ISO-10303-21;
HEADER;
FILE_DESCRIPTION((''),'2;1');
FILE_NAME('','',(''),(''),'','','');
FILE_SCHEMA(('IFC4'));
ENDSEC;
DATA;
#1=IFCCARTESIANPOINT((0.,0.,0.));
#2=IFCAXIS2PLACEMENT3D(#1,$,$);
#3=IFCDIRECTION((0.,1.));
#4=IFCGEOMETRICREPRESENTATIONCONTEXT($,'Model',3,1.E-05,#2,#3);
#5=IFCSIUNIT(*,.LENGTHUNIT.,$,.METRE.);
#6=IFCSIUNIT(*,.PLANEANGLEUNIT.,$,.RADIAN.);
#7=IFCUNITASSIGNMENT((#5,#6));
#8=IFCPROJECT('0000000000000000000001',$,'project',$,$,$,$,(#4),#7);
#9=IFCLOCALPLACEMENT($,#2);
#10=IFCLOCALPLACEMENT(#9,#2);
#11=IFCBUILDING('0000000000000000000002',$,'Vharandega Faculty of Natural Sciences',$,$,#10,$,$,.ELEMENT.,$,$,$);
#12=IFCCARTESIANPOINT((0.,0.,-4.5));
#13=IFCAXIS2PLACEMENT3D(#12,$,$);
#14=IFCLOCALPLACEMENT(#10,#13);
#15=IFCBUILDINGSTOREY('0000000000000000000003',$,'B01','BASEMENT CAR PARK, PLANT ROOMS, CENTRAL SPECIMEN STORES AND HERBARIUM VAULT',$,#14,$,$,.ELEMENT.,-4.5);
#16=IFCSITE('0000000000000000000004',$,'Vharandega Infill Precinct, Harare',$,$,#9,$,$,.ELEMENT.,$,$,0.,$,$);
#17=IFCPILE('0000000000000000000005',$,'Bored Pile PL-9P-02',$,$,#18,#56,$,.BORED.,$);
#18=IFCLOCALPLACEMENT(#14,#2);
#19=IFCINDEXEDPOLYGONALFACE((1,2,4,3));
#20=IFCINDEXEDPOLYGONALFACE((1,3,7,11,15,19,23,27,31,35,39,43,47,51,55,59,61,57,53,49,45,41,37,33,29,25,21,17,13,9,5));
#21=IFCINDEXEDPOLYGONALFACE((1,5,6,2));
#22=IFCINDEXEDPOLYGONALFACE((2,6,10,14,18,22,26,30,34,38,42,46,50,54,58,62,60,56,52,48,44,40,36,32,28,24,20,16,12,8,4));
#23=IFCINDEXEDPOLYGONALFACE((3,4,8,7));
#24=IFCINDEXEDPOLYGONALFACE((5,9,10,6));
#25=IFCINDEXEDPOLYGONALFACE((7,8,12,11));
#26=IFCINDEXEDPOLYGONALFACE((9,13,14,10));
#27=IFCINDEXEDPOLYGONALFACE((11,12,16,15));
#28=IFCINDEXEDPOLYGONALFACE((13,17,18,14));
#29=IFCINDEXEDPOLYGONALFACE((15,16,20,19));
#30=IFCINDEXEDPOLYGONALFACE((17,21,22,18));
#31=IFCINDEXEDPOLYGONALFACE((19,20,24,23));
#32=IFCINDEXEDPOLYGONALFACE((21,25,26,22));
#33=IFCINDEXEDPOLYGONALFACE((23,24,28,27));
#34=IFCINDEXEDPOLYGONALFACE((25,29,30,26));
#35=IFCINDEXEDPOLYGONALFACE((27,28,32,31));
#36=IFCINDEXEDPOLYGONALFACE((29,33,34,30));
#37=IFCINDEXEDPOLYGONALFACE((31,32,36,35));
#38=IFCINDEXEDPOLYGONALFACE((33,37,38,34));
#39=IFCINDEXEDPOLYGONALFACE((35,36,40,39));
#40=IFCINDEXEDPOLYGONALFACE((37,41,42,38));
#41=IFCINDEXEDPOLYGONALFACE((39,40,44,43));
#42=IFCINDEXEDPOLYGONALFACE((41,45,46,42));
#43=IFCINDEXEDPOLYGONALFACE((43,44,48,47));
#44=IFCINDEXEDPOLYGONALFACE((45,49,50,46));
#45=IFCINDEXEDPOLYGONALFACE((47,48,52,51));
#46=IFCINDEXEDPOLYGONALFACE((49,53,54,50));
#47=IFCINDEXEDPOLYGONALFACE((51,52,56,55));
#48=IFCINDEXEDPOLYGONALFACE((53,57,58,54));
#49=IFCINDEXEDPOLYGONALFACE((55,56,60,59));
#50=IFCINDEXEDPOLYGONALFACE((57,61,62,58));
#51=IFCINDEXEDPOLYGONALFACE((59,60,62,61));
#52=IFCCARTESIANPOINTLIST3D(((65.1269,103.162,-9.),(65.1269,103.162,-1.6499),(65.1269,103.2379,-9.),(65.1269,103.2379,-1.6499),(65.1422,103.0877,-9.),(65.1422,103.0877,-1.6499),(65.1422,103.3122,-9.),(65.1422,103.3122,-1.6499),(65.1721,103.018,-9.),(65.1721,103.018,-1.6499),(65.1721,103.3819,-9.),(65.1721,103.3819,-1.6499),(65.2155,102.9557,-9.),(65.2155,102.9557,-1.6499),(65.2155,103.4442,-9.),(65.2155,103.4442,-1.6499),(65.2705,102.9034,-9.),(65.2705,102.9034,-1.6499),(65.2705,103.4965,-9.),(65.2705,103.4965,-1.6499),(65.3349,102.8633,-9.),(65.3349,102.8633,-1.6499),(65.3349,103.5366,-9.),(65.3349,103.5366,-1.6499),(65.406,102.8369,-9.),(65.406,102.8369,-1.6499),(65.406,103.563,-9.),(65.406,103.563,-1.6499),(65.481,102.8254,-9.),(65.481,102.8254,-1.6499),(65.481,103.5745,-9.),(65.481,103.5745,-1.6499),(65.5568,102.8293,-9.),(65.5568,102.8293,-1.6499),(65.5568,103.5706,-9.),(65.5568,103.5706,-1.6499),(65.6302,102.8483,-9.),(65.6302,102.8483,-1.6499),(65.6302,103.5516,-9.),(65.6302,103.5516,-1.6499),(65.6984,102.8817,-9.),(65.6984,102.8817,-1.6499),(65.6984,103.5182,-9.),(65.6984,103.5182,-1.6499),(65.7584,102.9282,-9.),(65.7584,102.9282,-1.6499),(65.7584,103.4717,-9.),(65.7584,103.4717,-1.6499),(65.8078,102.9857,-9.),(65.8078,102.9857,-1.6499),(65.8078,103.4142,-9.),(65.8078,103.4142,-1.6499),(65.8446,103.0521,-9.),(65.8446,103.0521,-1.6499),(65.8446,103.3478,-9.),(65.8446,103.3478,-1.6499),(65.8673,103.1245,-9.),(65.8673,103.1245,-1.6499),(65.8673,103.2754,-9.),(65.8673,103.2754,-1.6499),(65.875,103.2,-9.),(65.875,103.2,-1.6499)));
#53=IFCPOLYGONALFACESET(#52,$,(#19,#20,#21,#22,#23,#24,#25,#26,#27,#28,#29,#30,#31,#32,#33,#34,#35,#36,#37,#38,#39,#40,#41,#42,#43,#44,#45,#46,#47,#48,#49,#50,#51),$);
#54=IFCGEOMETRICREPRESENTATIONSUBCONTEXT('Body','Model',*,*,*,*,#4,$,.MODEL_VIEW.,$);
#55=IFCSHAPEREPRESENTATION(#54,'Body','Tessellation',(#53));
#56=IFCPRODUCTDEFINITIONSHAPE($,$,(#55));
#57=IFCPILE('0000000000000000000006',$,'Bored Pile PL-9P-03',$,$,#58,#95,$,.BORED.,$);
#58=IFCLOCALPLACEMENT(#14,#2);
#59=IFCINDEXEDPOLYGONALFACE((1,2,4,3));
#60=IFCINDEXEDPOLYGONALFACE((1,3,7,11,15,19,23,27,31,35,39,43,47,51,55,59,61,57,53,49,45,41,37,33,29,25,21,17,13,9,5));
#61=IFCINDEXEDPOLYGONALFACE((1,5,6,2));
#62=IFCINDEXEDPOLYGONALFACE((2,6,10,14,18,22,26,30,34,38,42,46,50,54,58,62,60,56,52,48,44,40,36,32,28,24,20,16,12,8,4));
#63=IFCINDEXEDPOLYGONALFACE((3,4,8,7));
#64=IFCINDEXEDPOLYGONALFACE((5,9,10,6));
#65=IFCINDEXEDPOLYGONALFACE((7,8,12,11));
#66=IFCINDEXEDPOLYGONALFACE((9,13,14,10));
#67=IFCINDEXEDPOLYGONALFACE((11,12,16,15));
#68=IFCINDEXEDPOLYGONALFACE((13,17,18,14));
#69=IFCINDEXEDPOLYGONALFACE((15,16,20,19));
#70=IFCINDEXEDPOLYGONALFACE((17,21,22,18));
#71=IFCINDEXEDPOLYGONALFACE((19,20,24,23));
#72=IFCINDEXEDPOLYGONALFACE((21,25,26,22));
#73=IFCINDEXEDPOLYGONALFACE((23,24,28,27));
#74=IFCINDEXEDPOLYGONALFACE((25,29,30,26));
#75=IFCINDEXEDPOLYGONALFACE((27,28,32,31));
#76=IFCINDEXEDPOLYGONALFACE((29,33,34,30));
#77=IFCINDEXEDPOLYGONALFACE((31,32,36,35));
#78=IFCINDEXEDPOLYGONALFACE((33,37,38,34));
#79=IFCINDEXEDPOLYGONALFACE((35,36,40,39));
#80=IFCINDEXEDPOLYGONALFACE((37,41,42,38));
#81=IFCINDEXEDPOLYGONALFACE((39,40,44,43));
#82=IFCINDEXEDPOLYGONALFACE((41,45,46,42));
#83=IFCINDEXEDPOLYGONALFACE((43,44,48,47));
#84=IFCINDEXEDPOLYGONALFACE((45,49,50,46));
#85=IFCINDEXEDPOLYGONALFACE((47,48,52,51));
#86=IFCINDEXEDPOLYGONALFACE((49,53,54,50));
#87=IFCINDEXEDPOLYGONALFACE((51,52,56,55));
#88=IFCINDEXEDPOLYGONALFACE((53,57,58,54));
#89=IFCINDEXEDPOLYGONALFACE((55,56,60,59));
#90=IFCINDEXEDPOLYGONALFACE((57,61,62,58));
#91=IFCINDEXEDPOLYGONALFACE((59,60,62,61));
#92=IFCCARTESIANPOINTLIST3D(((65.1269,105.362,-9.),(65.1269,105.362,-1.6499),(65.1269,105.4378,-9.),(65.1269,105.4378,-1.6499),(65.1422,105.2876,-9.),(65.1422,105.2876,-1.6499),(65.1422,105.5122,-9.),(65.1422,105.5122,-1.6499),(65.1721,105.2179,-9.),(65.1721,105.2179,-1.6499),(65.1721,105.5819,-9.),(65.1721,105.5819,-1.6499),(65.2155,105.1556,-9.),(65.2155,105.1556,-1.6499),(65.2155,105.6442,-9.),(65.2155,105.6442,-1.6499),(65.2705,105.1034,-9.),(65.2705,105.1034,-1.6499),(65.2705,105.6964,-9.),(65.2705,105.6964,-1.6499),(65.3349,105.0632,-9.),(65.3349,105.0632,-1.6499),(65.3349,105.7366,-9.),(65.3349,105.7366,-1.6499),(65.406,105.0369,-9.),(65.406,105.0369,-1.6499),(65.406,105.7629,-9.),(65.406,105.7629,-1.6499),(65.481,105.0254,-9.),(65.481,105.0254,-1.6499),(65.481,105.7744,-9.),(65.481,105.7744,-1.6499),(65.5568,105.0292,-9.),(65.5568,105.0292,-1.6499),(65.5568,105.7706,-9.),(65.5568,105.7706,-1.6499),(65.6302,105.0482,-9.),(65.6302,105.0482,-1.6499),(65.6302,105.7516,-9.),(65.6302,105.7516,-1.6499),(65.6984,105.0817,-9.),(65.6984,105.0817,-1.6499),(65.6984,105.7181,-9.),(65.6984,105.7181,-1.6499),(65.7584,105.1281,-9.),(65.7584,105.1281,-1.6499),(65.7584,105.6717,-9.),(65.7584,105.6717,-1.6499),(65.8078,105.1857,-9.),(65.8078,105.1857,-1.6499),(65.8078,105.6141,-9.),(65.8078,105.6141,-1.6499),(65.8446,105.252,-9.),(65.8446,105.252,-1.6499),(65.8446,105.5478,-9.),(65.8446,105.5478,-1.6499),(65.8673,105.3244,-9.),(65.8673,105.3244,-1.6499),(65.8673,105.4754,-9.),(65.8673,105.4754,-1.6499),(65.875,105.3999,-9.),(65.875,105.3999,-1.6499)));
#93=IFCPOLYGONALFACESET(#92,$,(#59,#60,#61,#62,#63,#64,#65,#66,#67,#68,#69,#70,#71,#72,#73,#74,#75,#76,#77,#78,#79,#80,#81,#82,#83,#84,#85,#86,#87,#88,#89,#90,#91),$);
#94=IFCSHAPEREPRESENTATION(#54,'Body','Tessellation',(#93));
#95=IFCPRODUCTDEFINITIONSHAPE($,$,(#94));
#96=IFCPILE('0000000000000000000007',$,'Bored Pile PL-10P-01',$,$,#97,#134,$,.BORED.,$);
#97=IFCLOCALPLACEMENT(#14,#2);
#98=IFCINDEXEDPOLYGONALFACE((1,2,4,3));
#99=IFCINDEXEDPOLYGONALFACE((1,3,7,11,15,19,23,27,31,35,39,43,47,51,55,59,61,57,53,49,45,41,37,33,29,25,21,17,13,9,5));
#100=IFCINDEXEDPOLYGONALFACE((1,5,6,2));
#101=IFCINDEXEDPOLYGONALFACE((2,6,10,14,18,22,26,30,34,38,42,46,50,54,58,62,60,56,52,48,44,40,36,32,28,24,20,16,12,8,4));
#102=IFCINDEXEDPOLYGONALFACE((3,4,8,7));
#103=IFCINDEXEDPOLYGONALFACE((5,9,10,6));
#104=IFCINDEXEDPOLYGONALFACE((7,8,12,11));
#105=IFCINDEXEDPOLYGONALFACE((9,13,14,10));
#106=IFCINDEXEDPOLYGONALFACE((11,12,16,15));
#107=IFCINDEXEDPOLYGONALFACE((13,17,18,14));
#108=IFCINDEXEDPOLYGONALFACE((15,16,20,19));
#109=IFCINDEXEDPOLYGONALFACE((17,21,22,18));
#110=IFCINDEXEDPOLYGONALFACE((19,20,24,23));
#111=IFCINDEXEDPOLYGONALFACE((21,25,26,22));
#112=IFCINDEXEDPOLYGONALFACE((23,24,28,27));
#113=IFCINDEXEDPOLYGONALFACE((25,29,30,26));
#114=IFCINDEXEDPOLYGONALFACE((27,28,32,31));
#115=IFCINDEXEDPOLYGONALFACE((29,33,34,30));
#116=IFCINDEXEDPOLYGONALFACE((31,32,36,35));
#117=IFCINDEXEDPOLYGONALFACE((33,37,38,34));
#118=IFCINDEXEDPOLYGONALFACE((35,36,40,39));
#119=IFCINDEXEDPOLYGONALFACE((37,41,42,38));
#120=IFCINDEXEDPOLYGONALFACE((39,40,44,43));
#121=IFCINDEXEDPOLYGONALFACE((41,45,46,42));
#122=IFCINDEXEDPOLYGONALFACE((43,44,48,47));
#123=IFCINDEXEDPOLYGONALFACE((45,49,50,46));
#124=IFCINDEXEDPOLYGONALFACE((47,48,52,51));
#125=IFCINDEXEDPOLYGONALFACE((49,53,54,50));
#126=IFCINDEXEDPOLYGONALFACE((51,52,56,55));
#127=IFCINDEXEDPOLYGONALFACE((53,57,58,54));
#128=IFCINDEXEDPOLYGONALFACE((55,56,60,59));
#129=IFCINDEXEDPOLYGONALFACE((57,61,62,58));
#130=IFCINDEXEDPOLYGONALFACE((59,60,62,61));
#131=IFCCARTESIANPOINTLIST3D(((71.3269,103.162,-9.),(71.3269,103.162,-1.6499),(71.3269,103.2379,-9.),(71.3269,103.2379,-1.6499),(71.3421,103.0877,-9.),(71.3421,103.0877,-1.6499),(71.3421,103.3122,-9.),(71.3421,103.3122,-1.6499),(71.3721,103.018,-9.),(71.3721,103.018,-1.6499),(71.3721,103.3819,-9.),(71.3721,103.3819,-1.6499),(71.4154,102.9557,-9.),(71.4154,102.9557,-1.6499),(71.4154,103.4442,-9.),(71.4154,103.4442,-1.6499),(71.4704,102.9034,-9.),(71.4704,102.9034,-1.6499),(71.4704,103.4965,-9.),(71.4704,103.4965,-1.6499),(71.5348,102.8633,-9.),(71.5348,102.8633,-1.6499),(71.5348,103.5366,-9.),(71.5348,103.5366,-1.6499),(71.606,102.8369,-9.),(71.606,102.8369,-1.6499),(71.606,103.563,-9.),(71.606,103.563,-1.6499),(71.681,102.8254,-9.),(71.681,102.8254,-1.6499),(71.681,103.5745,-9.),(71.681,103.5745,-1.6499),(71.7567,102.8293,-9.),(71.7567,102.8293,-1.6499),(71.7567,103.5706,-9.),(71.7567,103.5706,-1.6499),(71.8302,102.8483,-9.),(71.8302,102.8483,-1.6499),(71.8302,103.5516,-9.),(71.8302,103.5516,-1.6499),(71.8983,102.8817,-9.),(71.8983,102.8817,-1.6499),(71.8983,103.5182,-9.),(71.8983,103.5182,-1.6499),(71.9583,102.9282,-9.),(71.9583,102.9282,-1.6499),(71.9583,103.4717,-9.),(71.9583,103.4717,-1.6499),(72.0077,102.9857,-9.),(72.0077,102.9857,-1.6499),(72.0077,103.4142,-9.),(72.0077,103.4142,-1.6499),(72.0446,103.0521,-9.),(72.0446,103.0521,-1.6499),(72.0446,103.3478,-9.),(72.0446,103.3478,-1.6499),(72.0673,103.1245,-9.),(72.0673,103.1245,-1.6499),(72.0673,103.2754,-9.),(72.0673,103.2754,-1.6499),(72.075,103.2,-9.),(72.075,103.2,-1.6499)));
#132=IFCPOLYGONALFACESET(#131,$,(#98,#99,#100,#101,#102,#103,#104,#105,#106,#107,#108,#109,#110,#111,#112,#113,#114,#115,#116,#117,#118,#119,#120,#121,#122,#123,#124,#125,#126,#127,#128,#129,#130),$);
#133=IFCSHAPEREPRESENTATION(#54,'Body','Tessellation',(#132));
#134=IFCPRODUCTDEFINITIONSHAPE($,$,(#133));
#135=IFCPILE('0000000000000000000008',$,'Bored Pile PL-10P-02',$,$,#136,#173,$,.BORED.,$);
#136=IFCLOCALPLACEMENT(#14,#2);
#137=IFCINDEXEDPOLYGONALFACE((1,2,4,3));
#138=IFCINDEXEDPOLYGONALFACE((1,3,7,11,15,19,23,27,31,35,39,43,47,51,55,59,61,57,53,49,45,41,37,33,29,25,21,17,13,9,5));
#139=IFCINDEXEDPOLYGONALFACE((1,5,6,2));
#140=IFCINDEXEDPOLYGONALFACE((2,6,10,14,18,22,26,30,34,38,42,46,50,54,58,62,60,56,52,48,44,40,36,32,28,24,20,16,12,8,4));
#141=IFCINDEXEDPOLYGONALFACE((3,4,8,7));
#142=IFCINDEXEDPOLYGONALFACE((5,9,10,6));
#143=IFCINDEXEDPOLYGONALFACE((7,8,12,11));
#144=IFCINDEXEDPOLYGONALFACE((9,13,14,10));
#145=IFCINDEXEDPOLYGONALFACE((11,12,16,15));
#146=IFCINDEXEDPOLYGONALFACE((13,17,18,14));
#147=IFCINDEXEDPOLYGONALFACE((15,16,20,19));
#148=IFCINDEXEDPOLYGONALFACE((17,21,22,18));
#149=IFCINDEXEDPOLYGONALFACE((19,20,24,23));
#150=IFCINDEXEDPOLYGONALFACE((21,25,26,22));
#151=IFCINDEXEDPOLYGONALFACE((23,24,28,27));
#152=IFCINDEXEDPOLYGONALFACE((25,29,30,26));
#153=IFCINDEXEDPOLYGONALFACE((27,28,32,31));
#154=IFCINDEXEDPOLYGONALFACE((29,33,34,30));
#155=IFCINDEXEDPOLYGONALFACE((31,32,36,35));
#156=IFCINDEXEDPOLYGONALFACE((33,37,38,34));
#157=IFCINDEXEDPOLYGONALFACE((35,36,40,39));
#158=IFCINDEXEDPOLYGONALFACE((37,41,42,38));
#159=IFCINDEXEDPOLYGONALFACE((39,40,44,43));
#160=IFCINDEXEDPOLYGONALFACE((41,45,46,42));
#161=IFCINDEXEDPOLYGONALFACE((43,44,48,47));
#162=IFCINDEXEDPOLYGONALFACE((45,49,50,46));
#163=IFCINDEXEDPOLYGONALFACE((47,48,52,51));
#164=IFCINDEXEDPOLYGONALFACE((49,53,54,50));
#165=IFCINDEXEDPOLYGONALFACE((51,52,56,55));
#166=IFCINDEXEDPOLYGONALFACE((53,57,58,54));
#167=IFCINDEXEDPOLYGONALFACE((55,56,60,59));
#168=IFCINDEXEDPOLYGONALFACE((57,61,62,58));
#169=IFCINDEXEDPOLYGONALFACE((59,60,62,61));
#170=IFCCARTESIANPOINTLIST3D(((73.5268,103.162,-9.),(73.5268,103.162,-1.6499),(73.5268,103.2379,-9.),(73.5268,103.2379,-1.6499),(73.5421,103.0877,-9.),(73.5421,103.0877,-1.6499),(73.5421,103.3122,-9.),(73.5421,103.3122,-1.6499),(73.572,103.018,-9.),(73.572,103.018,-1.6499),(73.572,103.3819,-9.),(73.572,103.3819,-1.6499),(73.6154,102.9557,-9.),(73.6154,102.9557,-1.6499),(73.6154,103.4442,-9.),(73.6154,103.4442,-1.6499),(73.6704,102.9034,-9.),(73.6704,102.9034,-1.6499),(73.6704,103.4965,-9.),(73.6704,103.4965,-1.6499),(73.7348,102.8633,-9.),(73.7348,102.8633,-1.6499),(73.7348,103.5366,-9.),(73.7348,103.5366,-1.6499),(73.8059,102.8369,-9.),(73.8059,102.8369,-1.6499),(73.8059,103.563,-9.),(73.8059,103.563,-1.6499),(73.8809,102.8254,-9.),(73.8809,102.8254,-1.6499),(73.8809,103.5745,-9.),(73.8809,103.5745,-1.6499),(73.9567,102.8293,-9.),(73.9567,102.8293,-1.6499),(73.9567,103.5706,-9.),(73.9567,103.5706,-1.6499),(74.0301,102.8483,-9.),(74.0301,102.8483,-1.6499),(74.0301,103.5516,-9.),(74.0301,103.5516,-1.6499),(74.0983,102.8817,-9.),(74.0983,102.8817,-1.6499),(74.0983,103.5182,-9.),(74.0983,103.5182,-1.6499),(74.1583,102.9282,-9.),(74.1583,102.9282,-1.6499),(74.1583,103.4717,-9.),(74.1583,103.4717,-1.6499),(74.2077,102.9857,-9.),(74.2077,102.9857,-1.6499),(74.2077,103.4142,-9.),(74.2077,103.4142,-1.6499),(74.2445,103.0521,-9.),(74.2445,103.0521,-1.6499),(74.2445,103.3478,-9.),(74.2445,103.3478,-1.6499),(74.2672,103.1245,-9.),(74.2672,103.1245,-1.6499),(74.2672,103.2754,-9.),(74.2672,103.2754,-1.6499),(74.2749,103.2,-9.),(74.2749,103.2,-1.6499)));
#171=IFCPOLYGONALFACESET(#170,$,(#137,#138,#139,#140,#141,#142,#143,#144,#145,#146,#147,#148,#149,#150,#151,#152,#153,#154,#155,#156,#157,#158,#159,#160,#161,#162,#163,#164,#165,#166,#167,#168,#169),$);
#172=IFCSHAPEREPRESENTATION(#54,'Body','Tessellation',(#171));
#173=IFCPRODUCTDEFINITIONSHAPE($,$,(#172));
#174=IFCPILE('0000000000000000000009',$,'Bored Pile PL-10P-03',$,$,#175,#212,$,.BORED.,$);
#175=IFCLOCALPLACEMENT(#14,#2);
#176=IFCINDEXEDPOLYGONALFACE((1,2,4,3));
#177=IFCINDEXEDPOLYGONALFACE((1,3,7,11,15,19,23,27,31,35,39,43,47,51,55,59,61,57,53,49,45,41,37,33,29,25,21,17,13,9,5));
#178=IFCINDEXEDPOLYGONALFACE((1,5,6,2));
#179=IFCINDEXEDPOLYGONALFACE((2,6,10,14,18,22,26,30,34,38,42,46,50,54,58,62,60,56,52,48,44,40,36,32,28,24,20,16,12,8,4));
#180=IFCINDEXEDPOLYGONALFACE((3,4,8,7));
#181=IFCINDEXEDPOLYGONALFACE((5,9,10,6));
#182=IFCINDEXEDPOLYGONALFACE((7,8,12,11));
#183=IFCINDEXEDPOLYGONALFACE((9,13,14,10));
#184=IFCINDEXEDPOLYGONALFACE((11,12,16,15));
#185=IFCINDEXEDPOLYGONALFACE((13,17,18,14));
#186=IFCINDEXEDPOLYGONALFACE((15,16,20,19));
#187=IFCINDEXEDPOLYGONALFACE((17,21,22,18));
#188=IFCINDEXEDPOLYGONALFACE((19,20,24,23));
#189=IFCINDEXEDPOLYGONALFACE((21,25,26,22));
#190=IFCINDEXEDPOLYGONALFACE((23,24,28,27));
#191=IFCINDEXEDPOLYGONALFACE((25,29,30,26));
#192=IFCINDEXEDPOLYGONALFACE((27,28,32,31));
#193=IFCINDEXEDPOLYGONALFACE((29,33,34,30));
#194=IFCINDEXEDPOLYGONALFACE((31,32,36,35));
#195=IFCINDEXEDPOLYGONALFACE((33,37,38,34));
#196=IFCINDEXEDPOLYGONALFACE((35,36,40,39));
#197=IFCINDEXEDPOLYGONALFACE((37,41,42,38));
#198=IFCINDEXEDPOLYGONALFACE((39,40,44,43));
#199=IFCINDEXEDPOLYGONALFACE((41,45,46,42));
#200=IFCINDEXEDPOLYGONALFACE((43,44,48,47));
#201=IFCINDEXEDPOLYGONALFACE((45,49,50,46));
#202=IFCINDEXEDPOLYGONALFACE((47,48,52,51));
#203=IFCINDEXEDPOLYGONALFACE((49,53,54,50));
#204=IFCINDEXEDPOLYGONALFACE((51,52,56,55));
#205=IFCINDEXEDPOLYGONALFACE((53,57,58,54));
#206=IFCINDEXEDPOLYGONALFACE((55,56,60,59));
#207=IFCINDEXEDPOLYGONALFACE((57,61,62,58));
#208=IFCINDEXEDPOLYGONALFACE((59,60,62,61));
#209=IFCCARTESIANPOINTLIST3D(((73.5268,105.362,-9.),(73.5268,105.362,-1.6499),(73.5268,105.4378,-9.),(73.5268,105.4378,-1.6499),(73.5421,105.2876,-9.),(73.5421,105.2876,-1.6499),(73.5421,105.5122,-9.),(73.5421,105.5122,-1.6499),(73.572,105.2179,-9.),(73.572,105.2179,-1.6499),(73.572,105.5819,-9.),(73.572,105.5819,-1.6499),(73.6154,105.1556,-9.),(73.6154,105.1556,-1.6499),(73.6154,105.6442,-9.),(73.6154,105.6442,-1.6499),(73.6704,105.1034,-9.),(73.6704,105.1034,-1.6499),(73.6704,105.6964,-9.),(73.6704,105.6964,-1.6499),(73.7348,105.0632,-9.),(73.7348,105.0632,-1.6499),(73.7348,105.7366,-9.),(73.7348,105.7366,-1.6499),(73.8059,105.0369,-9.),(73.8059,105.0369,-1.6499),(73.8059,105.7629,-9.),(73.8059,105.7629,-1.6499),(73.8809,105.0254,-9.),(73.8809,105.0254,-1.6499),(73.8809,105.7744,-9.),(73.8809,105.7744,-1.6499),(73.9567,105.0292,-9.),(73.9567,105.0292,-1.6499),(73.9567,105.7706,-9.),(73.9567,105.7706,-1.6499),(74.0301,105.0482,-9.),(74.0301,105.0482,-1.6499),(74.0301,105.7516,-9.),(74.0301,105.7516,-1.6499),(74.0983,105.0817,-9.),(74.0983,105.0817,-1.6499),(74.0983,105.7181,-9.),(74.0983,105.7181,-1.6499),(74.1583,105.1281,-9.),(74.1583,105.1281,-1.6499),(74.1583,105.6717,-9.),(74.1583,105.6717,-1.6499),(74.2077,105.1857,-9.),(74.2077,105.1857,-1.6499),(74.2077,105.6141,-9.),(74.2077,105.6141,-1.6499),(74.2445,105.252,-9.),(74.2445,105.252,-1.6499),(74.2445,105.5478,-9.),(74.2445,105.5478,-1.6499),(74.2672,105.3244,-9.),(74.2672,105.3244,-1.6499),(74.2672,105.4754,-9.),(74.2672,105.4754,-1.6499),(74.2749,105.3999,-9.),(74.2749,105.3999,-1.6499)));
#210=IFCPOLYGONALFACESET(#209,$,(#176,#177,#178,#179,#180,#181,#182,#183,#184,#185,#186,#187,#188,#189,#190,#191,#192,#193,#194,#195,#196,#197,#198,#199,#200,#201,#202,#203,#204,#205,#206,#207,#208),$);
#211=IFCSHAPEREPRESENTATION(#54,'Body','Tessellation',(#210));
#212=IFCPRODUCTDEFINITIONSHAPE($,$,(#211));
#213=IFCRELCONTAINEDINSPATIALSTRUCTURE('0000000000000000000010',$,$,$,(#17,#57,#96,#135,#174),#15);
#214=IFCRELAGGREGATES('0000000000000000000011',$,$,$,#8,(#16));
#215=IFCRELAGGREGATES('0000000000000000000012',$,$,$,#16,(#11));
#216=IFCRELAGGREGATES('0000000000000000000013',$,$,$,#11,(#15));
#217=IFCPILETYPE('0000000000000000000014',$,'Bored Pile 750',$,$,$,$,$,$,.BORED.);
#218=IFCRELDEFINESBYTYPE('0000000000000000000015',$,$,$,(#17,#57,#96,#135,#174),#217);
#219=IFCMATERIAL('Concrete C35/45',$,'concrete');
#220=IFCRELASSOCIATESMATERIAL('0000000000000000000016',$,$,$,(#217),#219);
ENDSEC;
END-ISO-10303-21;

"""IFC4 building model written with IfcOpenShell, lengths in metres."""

from ifc_helpers import new_model, si_unit, direction, frame, origin, origin_2d, place, context, subcontext, project, spatial, circle, extrude, material, material_profile, profile_set, type_object, element, save


model = new_model("IFC4")

# Units and contexts
model_context = context("Model", 3, precision=1e-05, world=origin(), true_north=direction((0.0, 1.0)))
body_context = subcontext(model_context, "Body", "Model", "MODEL_VIEW")
ifc_project = project(units=[si_unit("LENGTHUNIT", "METRE"), si_unit("PLANEANGLEUNIT", "RADIAN")], contexts=[model_context])

# Site, building, storey
site_placement = place(None, origin())
site = spatial("IfcSite", under=ifc_project, at=site_placement, Name="Vharandega Infill Precinct, Harare", CompositionType="ELEMENT", RefElevation=0.0)
building_placement = place(site_placement, origin())
building = spatial("IfcBuilding", under=site, at=building_placement, Name="Vharandega Faculty of Natural Sciences", CompositionType="ELEMENT")
storey_placement = place(building_placement, frame((0.0, 0.0, -4.5)))
storey = spatial("IfcBuildingStorey", under=building, at=storey_placement, Name="B01", Description="BASEMENT CAR PARK, PLANT ROOMS, CENTRAL SPECIMEN STORES AND HERBARIUM VAULT", CompositionType="ELEMENT", Elevation=-4.5)

# Piles
ifc_material_1 = material(Name="Concrete C35/45", Category="concrete")
ifc_material_profile_1 = material_profile(ifc_material_1, circle(Radius=0.375, at=origin_2d()), Name="PILE 750")
ifc_profile_set_1 = profile_set([ifc_material_profile_1], Name="Concrete C35/45")
pile_type_1 = type_object("IfcPileType", Name="Bored Pile 750", PredefinedType="BORED", material=ifc_profile_set_1)
for number, where, z_axis, x_axis, name in (
    (1, (65.5, 103.2, -1.6499), (0.0, 0.0, -1.0), (1.0, 0.0, 0.0), "Bored Pile PL-9P-02"),
    (2, (65.5, 105.3999, -1.6499), (0.0, 0.0, -1.0), (1.0, 0.0, 0.0), "Bored Pile PL-9P-03"),
    (3, (71.7, 103.2, -1.6499), (0.0, 0.0, -1.0), (1.0, 0.0, 0.0), "Bored Pile PL-10P-01"),
    (4, (73.8999, 103.2, -1.6499), (0.0, 0.0, -1.0), (1.0, 0.0, 0.0), "Bored Pile PL-10P-02"),
    (5, (73.8999, 105.3999, -1.6499), (0.0, 0.0, -1.0), (1.0, 0.0, 0.0), "Bored Pile PL-10P-03"),
):
    element("IfcPile", number, at=place(storey_placement, frame(where, z_axis=z_axis, x_axis=x_axis)), inside=storey, type_object=pile_type_1, Name=name, PredefinedType="BORED", context=body_context, shape_type="SweptSolid", body=[
        extrude(circle(Radius=0.375, at=origin_2d()), origin(), (0.0, 0.0, 1.0), 7.3501),
    ])

save(model, "model.ifc")
